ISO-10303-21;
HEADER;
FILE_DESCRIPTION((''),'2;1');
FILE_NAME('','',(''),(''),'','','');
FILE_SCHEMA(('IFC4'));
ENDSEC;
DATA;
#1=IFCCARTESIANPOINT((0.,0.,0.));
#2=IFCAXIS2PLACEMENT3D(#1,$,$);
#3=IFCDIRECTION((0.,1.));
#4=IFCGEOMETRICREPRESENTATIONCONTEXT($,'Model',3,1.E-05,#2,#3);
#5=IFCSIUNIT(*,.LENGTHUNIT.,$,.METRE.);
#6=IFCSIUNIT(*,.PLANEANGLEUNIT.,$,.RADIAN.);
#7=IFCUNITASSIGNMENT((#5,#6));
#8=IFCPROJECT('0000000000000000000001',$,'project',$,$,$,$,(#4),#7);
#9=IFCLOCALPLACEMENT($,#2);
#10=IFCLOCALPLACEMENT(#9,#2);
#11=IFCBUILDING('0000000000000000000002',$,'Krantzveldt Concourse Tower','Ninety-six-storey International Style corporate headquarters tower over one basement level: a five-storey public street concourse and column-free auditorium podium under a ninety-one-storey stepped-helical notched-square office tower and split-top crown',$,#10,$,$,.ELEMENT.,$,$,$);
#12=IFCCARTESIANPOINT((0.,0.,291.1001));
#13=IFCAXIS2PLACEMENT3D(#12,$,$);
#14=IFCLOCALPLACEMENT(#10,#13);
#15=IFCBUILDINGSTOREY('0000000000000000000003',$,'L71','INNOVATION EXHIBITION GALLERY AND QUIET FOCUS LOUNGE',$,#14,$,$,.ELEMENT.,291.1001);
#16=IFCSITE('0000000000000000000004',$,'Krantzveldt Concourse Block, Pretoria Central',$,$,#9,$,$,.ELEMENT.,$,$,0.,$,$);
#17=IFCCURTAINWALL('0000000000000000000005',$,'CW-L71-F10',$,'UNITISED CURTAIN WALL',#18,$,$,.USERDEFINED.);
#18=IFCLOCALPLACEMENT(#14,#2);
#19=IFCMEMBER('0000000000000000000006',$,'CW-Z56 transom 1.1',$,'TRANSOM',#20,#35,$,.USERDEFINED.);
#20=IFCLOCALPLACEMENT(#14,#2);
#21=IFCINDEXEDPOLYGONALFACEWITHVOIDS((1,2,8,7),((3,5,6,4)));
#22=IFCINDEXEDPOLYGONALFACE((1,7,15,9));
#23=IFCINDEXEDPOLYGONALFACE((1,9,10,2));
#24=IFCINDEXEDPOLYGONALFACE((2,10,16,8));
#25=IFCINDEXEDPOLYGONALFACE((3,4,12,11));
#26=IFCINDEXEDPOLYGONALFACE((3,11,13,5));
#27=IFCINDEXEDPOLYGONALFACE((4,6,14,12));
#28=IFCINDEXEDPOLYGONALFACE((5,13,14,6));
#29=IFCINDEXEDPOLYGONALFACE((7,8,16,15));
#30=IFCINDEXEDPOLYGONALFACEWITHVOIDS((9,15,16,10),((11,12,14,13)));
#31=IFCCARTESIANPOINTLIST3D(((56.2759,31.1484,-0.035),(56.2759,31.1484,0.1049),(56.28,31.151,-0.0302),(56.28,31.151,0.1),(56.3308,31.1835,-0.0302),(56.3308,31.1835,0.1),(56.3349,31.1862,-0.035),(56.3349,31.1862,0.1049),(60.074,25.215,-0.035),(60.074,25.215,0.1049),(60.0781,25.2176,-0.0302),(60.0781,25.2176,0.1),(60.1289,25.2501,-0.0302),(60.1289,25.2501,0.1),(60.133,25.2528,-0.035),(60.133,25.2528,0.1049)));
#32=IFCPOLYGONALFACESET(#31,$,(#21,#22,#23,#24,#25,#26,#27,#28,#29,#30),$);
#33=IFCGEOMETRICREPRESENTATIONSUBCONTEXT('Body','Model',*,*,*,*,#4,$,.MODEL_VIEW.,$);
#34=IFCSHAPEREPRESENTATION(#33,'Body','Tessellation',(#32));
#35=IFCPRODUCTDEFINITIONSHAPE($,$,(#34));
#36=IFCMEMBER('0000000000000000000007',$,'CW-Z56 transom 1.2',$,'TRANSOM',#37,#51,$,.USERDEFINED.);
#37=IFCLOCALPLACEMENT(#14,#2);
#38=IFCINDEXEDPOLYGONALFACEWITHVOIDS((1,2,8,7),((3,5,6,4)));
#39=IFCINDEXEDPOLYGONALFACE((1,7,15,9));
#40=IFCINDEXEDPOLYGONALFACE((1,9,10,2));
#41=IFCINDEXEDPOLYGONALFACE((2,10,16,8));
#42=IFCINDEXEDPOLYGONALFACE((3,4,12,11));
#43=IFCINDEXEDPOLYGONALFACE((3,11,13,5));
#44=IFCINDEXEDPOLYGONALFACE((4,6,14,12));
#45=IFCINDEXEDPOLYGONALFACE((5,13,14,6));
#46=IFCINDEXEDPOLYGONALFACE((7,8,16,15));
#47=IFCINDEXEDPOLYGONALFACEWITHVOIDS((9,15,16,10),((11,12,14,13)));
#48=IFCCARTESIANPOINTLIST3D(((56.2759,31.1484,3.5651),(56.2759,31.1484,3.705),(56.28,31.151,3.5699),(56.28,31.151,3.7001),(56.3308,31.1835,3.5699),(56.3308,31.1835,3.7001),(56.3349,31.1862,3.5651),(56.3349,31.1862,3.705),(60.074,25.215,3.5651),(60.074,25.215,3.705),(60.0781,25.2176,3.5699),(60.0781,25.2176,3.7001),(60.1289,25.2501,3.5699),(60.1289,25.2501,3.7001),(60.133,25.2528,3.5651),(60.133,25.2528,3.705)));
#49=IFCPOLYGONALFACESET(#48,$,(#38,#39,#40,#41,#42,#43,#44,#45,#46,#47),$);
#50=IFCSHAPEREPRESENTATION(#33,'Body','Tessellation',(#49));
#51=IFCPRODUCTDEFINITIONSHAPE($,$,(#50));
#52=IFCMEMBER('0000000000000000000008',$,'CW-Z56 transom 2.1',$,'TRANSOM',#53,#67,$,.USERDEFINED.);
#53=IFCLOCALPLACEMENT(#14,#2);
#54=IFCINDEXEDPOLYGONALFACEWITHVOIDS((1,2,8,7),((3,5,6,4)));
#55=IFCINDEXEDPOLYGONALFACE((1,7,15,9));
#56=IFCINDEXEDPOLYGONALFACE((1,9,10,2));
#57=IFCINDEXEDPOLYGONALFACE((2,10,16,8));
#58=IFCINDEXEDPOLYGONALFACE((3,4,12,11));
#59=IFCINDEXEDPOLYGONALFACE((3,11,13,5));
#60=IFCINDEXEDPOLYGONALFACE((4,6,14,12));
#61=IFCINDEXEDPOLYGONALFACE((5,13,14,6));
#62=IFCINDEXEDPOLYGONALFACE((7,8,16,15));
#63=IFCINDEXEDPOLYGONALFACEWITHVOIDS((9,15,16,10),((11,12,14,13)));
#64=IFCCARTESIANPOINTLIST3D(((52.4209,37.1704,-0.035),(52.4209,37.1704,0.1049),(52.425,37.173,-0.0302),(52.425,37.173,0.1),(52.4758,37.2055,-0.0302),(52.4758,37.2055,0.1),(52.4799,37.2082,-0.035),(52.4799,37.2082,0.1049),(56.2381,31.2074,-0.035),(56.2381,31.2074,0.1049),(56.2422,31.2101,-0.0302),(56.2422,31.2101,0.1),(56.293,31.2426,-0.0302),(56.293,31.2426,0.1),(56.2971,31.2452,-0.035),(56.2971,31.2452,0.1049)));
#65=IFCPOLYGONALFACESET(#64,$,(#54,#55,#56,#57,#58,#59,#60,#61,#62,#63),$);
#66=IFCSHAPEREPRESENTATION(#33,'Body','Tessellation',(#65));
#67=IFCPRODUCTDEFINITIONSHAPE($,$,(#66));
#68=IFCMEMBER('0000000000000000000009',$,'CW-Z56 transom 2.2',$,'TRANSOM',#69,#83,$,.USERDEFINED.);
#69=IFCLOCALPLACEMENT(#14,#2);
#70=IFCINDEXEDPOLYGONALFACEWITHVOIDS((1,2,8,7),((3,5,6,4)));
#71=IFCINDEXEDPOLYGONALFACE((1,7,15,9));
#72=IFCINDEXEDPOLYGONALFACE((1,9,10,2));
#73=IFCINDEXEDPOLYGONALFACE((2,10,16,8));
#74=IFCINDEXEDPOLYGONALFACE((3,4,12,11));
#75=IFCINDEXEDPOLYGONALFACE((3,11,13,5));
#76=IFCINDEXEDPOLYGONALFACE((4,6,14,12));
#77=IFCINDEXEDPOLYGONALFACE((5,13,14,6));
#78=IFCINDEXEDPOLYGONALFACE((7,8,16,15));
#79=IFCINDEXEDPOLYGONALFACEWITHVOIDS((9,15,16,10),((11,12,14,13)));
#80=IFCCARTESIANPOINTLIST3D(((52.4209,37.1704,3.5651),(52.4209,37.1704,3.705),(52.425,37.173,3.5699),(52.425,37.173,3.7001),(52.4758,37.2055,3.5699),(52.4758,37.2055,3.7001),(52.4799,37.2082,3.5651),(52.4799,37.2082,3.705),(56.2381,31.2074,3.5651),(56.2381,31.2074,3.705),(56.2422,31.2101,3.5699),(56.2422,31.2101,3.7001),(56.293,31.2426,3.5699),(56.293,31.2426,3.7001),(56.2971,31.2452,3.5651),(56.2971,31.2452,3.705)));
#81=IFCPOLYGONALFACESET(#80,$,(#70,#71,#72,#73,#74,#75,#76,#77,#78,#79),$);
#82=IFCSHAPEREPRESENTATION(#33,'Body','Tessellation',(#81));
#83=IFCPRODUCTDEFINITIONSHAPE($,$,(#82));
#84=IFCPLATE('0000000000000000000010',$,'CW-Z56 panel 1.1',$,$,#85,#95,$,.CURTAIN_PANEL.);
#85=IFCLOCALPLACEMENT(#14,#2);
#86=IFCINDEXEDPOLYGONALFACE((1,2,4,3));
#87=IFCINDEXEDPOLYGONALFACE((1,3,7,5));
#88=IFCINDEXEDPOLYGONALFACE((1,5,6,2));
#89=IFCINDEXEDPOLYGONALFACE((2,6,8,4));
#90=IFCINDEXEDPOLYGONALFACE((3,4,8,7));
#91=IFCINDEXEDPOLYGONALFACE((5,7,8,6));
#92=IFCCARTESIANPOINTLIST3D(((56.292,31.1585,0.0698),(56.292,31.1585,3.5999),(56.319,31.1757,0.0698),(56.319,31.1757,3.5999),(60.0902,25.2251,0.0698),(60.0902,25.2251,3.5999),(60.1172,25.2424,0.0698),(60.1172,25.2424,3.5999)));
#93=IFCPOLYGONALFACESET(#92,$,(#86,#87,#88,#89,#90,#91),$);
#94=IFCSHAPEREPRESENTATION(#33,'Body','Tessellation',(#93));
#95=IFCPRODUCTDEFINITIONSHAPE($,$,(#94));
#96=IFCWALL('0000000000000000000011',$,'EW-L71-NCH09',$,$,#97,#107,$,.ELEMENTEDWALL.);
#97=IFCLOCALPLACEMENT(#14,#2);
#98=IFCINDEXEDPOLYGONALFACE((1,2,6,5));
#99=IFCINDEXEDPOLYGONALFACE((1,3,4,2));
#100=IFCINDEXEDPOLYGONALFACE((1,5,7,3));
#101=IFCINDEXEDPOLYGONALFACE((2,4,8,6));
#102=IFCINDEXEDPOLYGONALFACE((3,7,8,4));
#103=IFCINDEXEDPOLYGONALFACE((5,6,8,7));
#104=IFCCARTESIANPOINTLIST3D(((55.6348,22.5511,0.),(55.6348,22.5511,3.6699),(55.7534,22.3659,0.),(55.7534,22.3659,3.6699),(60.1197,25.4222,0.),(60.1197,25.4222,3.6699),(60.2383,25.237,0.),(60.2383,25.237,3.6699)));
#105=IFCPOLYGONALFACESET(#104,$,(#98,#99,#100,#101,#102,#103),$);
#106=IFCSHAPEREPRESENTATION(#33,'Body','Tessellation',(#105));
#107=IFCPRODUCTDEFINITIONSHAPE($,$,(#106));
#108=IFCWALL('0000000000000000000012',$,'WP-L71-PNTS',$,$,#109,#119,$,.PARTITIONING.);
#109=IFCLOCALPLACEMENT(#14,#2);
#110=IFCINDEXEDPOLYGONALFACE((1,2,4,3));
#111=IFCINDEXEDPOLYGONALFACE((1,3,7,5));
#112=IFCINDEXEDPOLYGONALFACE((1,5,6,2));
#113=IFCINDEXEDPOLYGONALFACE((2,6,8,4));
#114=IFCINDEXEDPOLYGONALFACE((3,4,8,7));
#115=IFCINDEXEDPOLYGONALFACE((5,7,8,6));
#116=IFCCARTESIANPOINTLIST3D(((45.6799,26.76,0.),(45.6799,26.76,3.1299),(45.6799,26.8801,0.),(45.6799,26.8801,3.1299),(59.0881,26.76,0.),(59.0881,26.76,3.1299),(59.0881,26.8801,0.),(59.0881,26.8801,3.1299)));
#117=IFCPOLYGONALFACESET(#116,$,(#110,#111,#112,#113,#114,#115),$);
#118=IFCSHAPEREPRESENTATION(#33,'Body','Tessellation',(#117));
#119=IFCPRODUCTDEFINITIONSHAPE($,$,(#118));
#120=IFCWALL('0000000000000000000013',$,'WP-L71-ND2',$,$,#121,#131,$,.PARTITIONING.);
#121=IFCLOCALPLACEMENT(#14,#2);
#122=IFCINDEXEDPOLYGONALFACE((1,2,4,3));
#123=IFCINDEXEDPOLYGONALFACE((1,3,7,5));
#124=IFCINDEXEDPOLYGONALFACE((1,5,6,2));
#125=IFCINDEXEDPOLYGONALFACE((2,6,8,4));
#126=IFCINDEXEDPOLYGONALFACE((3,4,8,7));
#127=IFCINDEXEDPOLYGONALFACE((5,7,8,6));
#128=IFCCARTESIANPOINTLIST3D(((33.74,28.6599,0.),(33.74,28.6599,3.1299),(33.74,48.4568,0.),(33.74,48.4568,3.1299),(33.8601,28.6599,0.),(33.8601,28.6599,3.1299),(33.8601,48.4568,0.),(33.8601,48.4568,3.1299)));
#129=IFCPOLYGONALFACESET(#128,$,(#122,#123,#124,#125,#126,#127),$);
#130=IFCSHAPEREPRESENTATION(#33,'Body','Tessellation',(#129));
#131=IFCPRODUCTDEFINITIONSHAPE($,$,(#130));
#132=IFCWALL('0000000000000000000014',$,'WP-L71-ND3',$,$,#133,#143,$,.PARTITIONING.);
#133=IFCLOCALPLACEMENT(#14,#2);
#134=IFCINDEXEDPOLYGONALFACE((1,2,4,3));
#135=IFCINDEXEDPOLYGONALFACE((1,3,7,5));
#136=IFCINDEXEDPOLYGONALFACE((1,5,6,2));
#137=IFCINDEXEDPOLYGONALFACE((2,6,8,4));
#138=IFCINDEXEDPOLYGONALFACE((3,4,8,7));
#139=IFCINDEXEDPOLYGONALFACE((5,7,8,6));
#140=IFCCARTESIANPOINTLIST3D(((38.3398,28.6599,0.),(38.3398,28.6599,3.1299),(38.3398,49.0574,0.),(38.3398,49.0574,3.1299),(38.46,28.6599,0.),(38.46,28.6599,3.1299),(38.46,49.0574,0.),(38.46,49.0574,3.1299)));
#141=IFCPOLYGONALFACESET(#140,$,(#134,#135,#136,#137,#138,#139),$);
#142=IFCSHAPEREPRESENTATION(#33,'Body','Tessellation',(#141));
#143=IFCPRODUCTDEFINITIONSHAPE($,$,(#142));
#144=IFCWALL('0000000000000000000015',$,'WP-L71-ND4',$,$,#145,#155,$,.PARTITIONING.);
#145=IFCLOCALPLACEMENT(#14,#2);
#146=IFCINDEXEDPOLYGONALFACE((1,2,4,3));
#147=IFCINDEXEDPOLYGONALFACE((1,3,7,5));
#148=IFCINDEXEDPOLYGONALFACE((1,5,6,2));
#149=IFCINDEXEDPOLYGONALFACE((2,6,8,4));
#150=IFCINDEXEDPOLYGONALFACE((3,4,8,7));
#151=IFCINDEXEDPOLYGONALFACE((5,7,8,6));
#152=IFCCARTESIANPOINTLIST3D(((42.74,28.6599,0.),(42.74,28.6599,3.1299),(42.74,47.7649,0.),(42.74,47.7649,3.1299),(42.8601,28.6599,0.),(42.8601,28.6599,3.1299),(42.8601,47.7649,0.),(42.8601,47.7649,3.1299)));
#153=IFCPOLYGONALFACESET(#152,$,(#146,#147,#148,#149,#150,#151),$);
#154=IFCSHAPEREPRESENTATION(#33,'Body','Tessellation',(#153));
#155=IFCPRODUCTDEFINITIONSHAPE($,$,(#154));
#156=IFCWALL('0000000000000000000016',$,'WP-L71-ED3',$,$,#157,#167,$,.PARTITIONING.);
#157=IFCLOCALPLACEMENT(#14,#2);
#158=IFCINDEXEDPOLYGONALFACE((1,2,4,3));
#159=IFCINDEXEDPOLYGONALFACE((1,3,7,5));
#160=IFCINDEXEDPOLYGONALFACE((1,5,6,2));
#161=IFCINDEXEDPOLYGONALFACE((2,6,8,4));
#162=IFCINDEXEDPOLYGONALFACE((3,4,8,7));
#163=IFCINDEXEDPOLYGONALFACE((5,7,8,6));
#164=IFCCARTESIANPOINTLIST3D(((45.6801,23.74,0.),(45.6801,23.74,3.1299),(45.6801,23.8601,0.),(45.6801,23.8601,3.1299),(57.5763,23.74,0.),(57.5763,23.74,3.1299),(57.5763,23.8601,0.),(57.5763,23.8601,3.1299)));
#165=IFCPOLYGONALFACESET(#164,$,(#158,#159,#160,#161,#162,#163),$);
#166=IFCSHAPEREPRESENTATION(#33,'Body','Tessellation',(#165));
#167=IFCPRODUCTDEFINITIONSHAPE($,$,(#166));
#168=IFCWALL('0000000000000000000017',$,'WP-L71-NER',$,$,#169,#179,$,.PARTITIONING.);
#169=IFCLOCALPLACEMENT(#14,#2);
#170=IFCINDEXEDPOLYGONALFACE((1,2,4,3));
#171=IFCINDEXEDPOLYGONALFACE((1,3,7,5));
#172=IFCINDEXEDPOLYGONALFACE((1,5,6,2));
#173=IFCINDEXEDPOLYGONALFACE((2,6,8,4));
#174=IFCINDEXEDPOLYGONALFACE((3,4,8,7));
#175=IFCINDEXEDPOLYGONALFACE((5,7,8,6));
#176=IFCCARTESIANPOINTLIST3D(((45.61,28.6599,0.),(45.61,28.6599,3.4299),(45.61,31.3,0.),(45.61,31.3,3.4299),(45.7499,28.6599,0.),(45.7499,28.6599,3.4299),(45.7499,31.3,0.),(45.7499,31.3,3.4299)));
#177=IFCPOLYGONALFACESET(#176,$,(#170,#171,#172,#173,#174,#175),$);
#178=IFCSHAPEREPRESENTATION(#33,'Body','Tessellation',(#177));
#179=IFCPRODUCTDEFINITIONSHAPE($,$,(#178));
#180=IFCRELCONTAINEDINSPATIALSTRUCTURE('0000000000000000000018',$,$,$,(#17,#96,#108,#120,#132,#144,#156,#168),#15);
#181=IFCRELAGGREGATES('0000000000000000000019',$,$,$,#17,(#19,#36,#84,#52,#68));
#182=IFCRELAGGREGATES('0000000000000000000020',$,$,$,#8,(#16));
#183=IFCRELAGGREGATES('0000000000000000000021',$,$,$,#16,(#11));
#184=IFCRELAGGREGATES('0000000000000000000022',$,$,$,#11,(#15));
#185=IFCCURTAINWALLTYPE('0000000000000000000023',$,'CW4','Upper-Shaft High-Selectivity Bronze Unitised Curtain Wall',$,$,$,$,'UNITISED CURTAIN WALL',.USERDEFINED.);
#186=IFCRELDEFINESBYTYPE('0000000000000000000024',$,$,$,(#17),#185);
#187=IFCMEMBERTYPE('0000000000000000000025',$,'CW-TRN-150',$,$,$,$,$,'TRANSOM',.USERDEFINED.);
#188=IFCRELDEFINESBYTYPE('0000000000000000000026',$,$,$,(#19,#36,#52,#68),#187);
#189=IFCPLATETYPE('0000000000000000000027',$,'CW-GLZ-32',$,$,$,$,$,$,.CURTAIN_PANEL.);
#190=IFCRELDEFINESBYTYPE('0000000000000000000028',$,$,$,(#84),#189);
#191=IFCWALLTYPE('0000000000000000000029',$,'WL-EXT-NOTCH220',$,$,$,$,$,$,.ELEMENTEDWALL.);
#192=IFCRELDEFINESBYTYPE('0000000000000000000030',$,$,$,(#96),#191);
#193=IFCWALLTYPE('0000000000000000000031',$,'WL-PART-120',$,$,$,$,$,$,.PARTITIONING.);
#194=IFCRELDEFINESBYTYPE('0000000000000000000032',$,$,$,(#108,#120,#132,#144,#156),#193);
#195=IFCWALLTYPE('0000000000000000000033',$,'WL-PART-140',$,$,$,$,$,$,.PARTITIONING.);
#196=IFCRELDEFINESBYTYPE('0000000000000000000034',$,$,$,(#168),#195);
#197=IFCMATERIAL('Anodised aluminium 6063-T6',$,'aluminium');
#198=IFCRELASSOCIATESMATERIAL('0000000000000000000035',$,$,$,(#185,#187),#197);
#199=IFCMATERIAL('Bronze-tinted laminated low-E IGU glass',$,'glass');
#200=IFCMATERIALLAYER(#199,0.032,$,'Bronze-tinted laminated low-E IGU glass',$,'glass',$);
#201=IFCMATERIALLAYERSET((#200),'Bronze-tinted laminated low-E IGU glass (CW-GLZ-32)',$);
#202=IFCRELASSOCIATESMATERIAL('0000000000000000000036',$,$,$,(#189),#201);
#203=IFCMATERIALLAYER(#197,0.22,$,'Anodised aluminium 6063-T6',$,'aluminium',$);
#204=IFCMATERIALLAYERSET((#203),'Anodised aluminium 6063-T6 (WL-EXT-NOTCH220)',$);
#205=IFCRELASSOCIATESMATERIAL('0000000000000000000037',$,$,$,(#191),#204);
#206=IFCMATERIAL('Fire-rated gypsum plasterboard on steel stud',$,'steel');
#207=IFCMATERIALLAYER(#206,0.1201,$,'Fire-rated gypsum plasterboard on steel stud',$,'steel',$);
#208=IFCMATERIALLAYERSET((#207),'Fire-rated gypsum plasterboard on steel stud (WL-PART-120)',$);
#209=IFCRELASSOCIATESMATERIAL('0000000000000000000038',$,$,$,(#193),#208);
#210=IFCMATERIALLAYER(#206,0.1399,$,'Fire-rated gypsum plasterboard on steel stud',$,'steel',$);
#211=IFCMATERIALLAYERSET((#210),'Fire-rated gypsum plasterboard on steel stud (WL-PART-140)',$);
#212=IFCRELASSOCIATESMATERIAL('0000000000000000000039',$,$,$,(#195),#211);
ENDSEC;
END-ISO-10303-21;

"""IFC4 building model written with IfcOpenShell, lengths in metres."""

from ifc_helpers import new_model, si_unit, direction, frame, frame_2d, origin, origin_2d, place, context, subcontext, project, spatial, rectangle, hollow_rectangle, extrude, source, transform, mapped, material, layer, layer_set, material_profile, profile_set, type_object, type_shapes, element, aggregate, save


model = new_model("IFC4")

# Units and contexts
model_context = context("Model", 3, precision=1e-05, world=origin(), true_north=direction((0.0, 1.0)))
body_context = subcontext(model_context, "Body", "Model", "MODEL_VIEW")
ifc_project = project(units=[si_unit("LENGTHUNIT", "METRE"), si_unit("PLANEANGLEUNIT", "RADIAN")], contexts=[model_context])

# Site, building, storey
site_placement = place(None, origin())
site = spatial("IfcSite", under=ifc_project, at=site_placement, Name="Krantzveldt Concourse Block, Pretoria Central", CompositionType="ELEMENT", RefElevation=0.0)
building_placement = place(site_placement, origin())
building = spatial("IfcBuilding", under=site, at=building_placement, Name="Krantzveldt Concourse Tower", Description="Ninety-six-storey International Style corporate headquarters tower over one basement level: a five-storey public street concourse and column-free auditorium podium under a ninety-one-storey stepped-helical notched-square office tower and split-top crown", CompositionType="ELEMENT")
storey_placement = place(building_placement, frame((0.0, 0.0, 291.1001)))
storey = spatial("IfcBuildingStorey", under=building, at=storey_placement, Name="L71", Description="INNOVATION EXHIBITION GALLERY AND QUIET FOCUS LOUNGE", CompositionType="ELEMENT", Elevation=291.1001)

# Curtain wall, members, plate
ifc_material_1 = material(Name="Anodised aluminium 6063-T6", Category="aluminium")
curtain_wall_type = type_object("IfcCurtainWallType", Name="CW4", Description="Upper-Shaft High-Selectivity Bronze Unitised Curtain Wall", ElementType="UNITISED CURTAIN WALL", PredefinedType="USERDEFINED", material=ifc_material_1)
curtain_wall_placement = place(storey_placement, origin())
curtain_wall = element("IfcCurtainWall", 1, at=curtain_wall_placement, inside=storey, type_object=curtain_wall_type, Name="CW-L71-F10", ObjectType="UNITISED CURTAIN WALL", PredefinedType="USERDEFINED")
ifc_material_profile_1 = material_profile(ifc_material_1, hollow_rectangle(XDim=0.0701, YDim=0.1399, WallThickness=0.0049, at=origin_2d()), Name="Anodised aluminium 6063-T6", Category="aluminium")
ifc_profile_set_1 = profile_set([ifc_material_profile_1], Name="Anodised aluminium 6063-T6 - ALU-TRAN 140x70x5")
member_type_1 = type_object("IfcMemberType", Name="CW-TRN-150", ElementType="TRANSOM", PredefinedType="USERDEFINED", material=ifc_profile_set_1)
shared_shape_1 = source(origin(), body_context, "Body", "SweptSolid", [
    extrude(hollow_rectangle(XDim=0.0701, YDim=0.1399, WallThickness=0.0049, at=origin_2d()), origin(), (0.0, 0.0, 1.0), 7.0449),
])
member_1_placement = place(storey_placement, frame((60.1035, 25.2339, 0.0349), z_axis=(-0.539129, 0.842223, 0.0), x_axis=(-0.842223, -0.539129, 0.0)))
member_1 = element("IfcMember", 2, at=member_1_placement, type_object=member_type_1, Name="CW-Z56 transom 1.1", ObjectType="TRANSOM", PredefinedType="USERDEFINED", context=body_context, shape_type="MappedRepresentation", body=[
    mapped(shared_shape_1, transform((0.0, 0.0, 0.0), x_axis=(1.0, 0.0, 0.0), y_axis=(0.0, 1.0, 0.0), z_axis=(0.0, 0.0, 1.0), scale=1.0)),
])
member_2_placement = place(storey_placement, frame((60.1035, 25.2339, 3.635), z_axis=(-0.539129, 0.842223, 0.0), x_axis=(-0.842223, -0.539129, 0.0)))
member_2 = element("IfcMember", 3, at=member_2_placement, type_object=member_type_1, Name="CW-Z56 transom 1.2", ObjectType="TRANSOM", PredefinedType="USERDEFINED", context=body_context, shape_type="MappedRepresentation", body=[
    mapped(shared_shape_1, transform((0.0, 0.0, 0.0), x_axis=(1.0, 0.0, 0.0), y_axis=(0.0, 1.0, 0.0), z_axis=(0.0, 0.0, 1.0), scale=1.0)),
])
shared_shape_2 = source(origin(), body_context, "Body", "SweptSolid", [
    extrude(hollow_rectangle(XDim=0.0701, YDim=0.1399, WallThickness=0.0049, at=origin_2d()), origin(), (0.0, 0.0, 1.0), 7.0801),
])
type_shapes(member_type_1, [shared_shape_1, shared_shape_2])
member_3_placement = place(storey_placement, frame((56.2676, 31.2263, 0.0349), z_axis=(-0.539143, 0.842214, 0.0), x_axis=(-0.842214, -0.539143, 0.0)))
member_3 = element("IfcMember", 4, at=member_3_placement, type_object=member_type_1, Name="CW-Z56 transom 2.1", ObjectType="TRANSOM", PredefinedType="USERDEFINED", context=body_context, shape_type="MappedRepresentation", body=[
    mapped(shared_shape_2, transform((0.0, 0.0, 0.0), x_axis=(1.0, 0.0, 0.0), y_axis=(0.0, 1.0, 0.0), z_axis=(0.0, 0.0, 1.0), scale=1.0)),
])
member_4_placement = place(storey_placement, frame((56.2676, 31.2263, 3.635), z_axis=(-0.539143, 0.842214, 0.0), x_axis=(-0.842214, -0.539143, 0.0)))
member_4 = element("IfcMember", 5, at=member_4_placement, type_object=member_type_1, Name="CW-Z56 transom 2.2", ObjectType="TRANSOM", PredefinedType="USERDEFINED", context=body_context, shape_type="MappedRepresentation", body=[
    mapped(shared_shape_2, transform((0.0, 0.0, 0.0), x_axis=(1.0, 0.0, 0.0), y_axis=(0.0, 1.0, 0.0), z_axis=(0.0, 0.0, 1.0), scale=1.0)),
])
ifc_material_2 = material(Name="Bronze-tinted laminated low-E IGU glass", Category="glass")
ifc_layer_1 = layer(ifc_material_2, 0.032, Name="Bronze-tinted laminated low-E IGU glass", Category="glass")
ifc_layer_set_1 = layer_set([ifc_layer_1], Name="Bronze-tinted laminated low-E IGU glass (CW-GLZ-32)")
plate_type = type_object("IfcPlateType", Name="CW-GLZ-32", PredefinedType="CURTAIN_PANEL", material=ifc_layer_set_1)
shared_shape_3 = source(origin(), body_context, "Body", "SweptSolid", [
    extrude(rectangle(XDim=7.0449, YDim=0.032, at=origin_2d()), origin(), (0.0, 0.0, 1.0), 3.53),
])
type_shapes(plate_type, [shared_shape_3])
plate_placement = place(storey_placement, frame((58.2046, 28.2004, 0.0698), z_axis=(0.0, 0.0, 1.0), x_axis=(-0.539138, 0.842217, 0.0)))
plate = element("IfcPlate", 6, at=plate_placement, type_object=plate_type, Name="CW-Z56 panel 1.1", PredefinedType="CURTAIN_PANEL", context=body_context, shape_type="MappedRepresentation", body=[
    mapped(shared_shape_3, transform((0.0, 0.0, 0.0), x_axis=(1.0, 0.0, 0.0), y_axis=(0.0, 1.0, 0.0), z_axis=(0.0, 0.0, 1.0), scale=1.0)),
])
aggregate(curtain_wall, [member_1, member_2, plate, member_3, member_4])

# Walls
ifc_layer_2 = layer(ifc_material_1, 0.22, Name="Anodised aluminium 6063-T6", Category="aluminium")
ifc_layer_set_2 = layer_set([ifc_layer_2], Name="Anodised aluminium 6063-T6 (WL-EXT-NOTCH220)")
wall_type_1 = type_object("IfcWallType", Name="WL-EXT-NOTCH220", PredefinedType="ELEMENTEDWALL", material=ifc_layer_set_2)
wall_1_placement = place(storey_placement, frame((55.6941, 22.4585, 0.0), z_axis=(0.0, 0.0, 1.0), x_axis=(0.842205, 0.539158, 0.0)))
element("IfcWall", 7, at=wall_1_placement, inside=storey, type_object=wall_type_1, Name="EW-L71-NCH09", PredefinedType="ELEMENTEDWALL", context=body_context, shape_type="SweptSolid", body=[
    extrude(rectangle(XDim=5.3252, YDim=0.22, at=frame_2d((2.6626, 0.0))), origin(), (0.0, 0.0, 1.0), 3.6699),
])
ifc_material_3 = material(Name="Fire-rated gypsum plasterboard on steel stud", Category="steel")
ifc_layer_3 = layer(ifc_material_3, 0.1201, Name="Fire-rated gypsum plasterboard on steel stud", Category="steel")
ifc_layer_set_3 = layer_set([ifc_layer_3], Name="Fire-rated gypsum plasterboard on steel stud (WL-PART-120)")
wall_type_2 = type_object("IfcWallType", Name="WL-PART-120", PredefinedType="PARTITIONING", material=ifc_layer_set_3)
wall_2_placement = place(storey_placement, frame((45.6799, 26.8201, 0.0), z_axis=(0.0, 0.0, 1.0), x_axis=(1.0, 0.0, 0.0)))
element("IfcWall", 8, at=wall_2_placement, inside=storey, type_object=wall_type_2, Name="WP-L71-PNTS", PredefinedType="PARTITIONING", context=body_context, shape_type="SweptSolid", body=[
    extrude(rectangle(XDim=13.4082, YDim=0.1201, at=frame_2d((6.7041, 0.0))), origin(), (0.0, 0.0, 1.0), 3.1299),
])
wall_3_placement = place(storey_placement, frame((33.8, 28.6599, 0.0), z_axis=(0.0, 0.0, 1.0), x_axis=(0.0, 1.0, 0.0)))
element("IfcWall", 9, at=wall_3_placement, inside=storey, type_object=wall_type_2, Name="WP-L71-ND2", PredefinedType="PARTITIONING", context=body_context, shape_type="SweptSolid", body=[
    extrude(rectangle(XDim=19.7969, YDim=0.1201, at=frame_2d((9.8984, 0.0))), origin(), (0.0, 0.0, 1.0), 3.1299),
])
wall_4_placement = place(storey_placement, frame((38.3999, 28.6599, 0.0), z_axis=(0.0, 0.0, 1.0), x_axis=(0.0, 1.0, 0.0)))
element("IfcWall", 10, at=wall_4_placement, inside=storey, type_object=wall_type_2, Name="WP-L71-ND3", PredefinedType="PARTITIONING", context=body_context, shape_type="SweptSolid", body=[
    extrude(rectangle(XDim=20.3975, YDim=0.1201, at=frame_2d((10.1987, 0.0))), origin(), (0.0, 0.0, 1.0), 3.1299),
])
wall_5_placement = place(storey_placement, frame((42.8, 28.6599, 0.0), z_axis=(0.0, 0.0, 1.0), x_axis=(0.0, 1.0, 0.0)))
element("IfcWall", 11, at=wall_5_placement, inside=storey, type_object=wall_type_2, Name="WP-L71-ND4", PredefinedType="PARTITIONING", context=body_context, shape_type="SweptSolid", body=[
    extrude(rectangle(XDim=19.105, YDim=0.1201, at=frame_2d((9.5525, 0.0))), origin(), (0.0, 0.0, 1.0), 3.1299),
])
wall_6_placement = place(storey_placement, frame((45.6799, 23.8, 0.0), z_axis=(0.0, 0.0, 1.0), x_axis=(1.0, 0.0, 0.0)))
element("IfcWall", 12, at=wall_6_placement, inside=storey, type_object=wall_type_2, Name="WP-L71-ED3", PredefinedType="PARTITIONING", context=body_context, shape_type="SweptSolid", body=[
    extrude(rectangle(XDim=11.8962, YDim=0.1201, at=frame_2d((5.9482, 0.0))), origin(), (0.0, 0.0, 1.0), 3.1299),
])
ifc_layer_4 = layer(ifc_material_3, 0.1399, Name="Fire-rated gypsum plasterboard on steel stud", Category="steel")
ifc_layer_set_4 = layer_set([ifc_layer_4], Name="Fire-rated gypsum plasterboard on steel stud (WL-PART-140)")
wall_type_3 = type_object("IfcWallType", Name="WL-PART-140", PredefinedType="PARTITIONING", material=ifc_layer_set_4)
wall_7_placement = place(storey_placement, frame((45.6799, 28.6599, 0.0), z_axis=(0.0, 0.0, 1.0), x_axis=(0.0, 1.0, 0.0)))
element("IfcWall", 13, at=wall_7_placement, inside=storey, type_object=wall_type_3, Name="WP-L71-NER", PredefinedType="PARTITIONING", context=body_context, shape_type="SweptSolid", body=[
    extrude(rectangle(XDim=2.6401, YDim=0.1399, at=frame_2d((1.3201, 0.0))), origin(), (0.0, 0.0, 1.0), 3.4299),
])

save(model, "model.ifc")
